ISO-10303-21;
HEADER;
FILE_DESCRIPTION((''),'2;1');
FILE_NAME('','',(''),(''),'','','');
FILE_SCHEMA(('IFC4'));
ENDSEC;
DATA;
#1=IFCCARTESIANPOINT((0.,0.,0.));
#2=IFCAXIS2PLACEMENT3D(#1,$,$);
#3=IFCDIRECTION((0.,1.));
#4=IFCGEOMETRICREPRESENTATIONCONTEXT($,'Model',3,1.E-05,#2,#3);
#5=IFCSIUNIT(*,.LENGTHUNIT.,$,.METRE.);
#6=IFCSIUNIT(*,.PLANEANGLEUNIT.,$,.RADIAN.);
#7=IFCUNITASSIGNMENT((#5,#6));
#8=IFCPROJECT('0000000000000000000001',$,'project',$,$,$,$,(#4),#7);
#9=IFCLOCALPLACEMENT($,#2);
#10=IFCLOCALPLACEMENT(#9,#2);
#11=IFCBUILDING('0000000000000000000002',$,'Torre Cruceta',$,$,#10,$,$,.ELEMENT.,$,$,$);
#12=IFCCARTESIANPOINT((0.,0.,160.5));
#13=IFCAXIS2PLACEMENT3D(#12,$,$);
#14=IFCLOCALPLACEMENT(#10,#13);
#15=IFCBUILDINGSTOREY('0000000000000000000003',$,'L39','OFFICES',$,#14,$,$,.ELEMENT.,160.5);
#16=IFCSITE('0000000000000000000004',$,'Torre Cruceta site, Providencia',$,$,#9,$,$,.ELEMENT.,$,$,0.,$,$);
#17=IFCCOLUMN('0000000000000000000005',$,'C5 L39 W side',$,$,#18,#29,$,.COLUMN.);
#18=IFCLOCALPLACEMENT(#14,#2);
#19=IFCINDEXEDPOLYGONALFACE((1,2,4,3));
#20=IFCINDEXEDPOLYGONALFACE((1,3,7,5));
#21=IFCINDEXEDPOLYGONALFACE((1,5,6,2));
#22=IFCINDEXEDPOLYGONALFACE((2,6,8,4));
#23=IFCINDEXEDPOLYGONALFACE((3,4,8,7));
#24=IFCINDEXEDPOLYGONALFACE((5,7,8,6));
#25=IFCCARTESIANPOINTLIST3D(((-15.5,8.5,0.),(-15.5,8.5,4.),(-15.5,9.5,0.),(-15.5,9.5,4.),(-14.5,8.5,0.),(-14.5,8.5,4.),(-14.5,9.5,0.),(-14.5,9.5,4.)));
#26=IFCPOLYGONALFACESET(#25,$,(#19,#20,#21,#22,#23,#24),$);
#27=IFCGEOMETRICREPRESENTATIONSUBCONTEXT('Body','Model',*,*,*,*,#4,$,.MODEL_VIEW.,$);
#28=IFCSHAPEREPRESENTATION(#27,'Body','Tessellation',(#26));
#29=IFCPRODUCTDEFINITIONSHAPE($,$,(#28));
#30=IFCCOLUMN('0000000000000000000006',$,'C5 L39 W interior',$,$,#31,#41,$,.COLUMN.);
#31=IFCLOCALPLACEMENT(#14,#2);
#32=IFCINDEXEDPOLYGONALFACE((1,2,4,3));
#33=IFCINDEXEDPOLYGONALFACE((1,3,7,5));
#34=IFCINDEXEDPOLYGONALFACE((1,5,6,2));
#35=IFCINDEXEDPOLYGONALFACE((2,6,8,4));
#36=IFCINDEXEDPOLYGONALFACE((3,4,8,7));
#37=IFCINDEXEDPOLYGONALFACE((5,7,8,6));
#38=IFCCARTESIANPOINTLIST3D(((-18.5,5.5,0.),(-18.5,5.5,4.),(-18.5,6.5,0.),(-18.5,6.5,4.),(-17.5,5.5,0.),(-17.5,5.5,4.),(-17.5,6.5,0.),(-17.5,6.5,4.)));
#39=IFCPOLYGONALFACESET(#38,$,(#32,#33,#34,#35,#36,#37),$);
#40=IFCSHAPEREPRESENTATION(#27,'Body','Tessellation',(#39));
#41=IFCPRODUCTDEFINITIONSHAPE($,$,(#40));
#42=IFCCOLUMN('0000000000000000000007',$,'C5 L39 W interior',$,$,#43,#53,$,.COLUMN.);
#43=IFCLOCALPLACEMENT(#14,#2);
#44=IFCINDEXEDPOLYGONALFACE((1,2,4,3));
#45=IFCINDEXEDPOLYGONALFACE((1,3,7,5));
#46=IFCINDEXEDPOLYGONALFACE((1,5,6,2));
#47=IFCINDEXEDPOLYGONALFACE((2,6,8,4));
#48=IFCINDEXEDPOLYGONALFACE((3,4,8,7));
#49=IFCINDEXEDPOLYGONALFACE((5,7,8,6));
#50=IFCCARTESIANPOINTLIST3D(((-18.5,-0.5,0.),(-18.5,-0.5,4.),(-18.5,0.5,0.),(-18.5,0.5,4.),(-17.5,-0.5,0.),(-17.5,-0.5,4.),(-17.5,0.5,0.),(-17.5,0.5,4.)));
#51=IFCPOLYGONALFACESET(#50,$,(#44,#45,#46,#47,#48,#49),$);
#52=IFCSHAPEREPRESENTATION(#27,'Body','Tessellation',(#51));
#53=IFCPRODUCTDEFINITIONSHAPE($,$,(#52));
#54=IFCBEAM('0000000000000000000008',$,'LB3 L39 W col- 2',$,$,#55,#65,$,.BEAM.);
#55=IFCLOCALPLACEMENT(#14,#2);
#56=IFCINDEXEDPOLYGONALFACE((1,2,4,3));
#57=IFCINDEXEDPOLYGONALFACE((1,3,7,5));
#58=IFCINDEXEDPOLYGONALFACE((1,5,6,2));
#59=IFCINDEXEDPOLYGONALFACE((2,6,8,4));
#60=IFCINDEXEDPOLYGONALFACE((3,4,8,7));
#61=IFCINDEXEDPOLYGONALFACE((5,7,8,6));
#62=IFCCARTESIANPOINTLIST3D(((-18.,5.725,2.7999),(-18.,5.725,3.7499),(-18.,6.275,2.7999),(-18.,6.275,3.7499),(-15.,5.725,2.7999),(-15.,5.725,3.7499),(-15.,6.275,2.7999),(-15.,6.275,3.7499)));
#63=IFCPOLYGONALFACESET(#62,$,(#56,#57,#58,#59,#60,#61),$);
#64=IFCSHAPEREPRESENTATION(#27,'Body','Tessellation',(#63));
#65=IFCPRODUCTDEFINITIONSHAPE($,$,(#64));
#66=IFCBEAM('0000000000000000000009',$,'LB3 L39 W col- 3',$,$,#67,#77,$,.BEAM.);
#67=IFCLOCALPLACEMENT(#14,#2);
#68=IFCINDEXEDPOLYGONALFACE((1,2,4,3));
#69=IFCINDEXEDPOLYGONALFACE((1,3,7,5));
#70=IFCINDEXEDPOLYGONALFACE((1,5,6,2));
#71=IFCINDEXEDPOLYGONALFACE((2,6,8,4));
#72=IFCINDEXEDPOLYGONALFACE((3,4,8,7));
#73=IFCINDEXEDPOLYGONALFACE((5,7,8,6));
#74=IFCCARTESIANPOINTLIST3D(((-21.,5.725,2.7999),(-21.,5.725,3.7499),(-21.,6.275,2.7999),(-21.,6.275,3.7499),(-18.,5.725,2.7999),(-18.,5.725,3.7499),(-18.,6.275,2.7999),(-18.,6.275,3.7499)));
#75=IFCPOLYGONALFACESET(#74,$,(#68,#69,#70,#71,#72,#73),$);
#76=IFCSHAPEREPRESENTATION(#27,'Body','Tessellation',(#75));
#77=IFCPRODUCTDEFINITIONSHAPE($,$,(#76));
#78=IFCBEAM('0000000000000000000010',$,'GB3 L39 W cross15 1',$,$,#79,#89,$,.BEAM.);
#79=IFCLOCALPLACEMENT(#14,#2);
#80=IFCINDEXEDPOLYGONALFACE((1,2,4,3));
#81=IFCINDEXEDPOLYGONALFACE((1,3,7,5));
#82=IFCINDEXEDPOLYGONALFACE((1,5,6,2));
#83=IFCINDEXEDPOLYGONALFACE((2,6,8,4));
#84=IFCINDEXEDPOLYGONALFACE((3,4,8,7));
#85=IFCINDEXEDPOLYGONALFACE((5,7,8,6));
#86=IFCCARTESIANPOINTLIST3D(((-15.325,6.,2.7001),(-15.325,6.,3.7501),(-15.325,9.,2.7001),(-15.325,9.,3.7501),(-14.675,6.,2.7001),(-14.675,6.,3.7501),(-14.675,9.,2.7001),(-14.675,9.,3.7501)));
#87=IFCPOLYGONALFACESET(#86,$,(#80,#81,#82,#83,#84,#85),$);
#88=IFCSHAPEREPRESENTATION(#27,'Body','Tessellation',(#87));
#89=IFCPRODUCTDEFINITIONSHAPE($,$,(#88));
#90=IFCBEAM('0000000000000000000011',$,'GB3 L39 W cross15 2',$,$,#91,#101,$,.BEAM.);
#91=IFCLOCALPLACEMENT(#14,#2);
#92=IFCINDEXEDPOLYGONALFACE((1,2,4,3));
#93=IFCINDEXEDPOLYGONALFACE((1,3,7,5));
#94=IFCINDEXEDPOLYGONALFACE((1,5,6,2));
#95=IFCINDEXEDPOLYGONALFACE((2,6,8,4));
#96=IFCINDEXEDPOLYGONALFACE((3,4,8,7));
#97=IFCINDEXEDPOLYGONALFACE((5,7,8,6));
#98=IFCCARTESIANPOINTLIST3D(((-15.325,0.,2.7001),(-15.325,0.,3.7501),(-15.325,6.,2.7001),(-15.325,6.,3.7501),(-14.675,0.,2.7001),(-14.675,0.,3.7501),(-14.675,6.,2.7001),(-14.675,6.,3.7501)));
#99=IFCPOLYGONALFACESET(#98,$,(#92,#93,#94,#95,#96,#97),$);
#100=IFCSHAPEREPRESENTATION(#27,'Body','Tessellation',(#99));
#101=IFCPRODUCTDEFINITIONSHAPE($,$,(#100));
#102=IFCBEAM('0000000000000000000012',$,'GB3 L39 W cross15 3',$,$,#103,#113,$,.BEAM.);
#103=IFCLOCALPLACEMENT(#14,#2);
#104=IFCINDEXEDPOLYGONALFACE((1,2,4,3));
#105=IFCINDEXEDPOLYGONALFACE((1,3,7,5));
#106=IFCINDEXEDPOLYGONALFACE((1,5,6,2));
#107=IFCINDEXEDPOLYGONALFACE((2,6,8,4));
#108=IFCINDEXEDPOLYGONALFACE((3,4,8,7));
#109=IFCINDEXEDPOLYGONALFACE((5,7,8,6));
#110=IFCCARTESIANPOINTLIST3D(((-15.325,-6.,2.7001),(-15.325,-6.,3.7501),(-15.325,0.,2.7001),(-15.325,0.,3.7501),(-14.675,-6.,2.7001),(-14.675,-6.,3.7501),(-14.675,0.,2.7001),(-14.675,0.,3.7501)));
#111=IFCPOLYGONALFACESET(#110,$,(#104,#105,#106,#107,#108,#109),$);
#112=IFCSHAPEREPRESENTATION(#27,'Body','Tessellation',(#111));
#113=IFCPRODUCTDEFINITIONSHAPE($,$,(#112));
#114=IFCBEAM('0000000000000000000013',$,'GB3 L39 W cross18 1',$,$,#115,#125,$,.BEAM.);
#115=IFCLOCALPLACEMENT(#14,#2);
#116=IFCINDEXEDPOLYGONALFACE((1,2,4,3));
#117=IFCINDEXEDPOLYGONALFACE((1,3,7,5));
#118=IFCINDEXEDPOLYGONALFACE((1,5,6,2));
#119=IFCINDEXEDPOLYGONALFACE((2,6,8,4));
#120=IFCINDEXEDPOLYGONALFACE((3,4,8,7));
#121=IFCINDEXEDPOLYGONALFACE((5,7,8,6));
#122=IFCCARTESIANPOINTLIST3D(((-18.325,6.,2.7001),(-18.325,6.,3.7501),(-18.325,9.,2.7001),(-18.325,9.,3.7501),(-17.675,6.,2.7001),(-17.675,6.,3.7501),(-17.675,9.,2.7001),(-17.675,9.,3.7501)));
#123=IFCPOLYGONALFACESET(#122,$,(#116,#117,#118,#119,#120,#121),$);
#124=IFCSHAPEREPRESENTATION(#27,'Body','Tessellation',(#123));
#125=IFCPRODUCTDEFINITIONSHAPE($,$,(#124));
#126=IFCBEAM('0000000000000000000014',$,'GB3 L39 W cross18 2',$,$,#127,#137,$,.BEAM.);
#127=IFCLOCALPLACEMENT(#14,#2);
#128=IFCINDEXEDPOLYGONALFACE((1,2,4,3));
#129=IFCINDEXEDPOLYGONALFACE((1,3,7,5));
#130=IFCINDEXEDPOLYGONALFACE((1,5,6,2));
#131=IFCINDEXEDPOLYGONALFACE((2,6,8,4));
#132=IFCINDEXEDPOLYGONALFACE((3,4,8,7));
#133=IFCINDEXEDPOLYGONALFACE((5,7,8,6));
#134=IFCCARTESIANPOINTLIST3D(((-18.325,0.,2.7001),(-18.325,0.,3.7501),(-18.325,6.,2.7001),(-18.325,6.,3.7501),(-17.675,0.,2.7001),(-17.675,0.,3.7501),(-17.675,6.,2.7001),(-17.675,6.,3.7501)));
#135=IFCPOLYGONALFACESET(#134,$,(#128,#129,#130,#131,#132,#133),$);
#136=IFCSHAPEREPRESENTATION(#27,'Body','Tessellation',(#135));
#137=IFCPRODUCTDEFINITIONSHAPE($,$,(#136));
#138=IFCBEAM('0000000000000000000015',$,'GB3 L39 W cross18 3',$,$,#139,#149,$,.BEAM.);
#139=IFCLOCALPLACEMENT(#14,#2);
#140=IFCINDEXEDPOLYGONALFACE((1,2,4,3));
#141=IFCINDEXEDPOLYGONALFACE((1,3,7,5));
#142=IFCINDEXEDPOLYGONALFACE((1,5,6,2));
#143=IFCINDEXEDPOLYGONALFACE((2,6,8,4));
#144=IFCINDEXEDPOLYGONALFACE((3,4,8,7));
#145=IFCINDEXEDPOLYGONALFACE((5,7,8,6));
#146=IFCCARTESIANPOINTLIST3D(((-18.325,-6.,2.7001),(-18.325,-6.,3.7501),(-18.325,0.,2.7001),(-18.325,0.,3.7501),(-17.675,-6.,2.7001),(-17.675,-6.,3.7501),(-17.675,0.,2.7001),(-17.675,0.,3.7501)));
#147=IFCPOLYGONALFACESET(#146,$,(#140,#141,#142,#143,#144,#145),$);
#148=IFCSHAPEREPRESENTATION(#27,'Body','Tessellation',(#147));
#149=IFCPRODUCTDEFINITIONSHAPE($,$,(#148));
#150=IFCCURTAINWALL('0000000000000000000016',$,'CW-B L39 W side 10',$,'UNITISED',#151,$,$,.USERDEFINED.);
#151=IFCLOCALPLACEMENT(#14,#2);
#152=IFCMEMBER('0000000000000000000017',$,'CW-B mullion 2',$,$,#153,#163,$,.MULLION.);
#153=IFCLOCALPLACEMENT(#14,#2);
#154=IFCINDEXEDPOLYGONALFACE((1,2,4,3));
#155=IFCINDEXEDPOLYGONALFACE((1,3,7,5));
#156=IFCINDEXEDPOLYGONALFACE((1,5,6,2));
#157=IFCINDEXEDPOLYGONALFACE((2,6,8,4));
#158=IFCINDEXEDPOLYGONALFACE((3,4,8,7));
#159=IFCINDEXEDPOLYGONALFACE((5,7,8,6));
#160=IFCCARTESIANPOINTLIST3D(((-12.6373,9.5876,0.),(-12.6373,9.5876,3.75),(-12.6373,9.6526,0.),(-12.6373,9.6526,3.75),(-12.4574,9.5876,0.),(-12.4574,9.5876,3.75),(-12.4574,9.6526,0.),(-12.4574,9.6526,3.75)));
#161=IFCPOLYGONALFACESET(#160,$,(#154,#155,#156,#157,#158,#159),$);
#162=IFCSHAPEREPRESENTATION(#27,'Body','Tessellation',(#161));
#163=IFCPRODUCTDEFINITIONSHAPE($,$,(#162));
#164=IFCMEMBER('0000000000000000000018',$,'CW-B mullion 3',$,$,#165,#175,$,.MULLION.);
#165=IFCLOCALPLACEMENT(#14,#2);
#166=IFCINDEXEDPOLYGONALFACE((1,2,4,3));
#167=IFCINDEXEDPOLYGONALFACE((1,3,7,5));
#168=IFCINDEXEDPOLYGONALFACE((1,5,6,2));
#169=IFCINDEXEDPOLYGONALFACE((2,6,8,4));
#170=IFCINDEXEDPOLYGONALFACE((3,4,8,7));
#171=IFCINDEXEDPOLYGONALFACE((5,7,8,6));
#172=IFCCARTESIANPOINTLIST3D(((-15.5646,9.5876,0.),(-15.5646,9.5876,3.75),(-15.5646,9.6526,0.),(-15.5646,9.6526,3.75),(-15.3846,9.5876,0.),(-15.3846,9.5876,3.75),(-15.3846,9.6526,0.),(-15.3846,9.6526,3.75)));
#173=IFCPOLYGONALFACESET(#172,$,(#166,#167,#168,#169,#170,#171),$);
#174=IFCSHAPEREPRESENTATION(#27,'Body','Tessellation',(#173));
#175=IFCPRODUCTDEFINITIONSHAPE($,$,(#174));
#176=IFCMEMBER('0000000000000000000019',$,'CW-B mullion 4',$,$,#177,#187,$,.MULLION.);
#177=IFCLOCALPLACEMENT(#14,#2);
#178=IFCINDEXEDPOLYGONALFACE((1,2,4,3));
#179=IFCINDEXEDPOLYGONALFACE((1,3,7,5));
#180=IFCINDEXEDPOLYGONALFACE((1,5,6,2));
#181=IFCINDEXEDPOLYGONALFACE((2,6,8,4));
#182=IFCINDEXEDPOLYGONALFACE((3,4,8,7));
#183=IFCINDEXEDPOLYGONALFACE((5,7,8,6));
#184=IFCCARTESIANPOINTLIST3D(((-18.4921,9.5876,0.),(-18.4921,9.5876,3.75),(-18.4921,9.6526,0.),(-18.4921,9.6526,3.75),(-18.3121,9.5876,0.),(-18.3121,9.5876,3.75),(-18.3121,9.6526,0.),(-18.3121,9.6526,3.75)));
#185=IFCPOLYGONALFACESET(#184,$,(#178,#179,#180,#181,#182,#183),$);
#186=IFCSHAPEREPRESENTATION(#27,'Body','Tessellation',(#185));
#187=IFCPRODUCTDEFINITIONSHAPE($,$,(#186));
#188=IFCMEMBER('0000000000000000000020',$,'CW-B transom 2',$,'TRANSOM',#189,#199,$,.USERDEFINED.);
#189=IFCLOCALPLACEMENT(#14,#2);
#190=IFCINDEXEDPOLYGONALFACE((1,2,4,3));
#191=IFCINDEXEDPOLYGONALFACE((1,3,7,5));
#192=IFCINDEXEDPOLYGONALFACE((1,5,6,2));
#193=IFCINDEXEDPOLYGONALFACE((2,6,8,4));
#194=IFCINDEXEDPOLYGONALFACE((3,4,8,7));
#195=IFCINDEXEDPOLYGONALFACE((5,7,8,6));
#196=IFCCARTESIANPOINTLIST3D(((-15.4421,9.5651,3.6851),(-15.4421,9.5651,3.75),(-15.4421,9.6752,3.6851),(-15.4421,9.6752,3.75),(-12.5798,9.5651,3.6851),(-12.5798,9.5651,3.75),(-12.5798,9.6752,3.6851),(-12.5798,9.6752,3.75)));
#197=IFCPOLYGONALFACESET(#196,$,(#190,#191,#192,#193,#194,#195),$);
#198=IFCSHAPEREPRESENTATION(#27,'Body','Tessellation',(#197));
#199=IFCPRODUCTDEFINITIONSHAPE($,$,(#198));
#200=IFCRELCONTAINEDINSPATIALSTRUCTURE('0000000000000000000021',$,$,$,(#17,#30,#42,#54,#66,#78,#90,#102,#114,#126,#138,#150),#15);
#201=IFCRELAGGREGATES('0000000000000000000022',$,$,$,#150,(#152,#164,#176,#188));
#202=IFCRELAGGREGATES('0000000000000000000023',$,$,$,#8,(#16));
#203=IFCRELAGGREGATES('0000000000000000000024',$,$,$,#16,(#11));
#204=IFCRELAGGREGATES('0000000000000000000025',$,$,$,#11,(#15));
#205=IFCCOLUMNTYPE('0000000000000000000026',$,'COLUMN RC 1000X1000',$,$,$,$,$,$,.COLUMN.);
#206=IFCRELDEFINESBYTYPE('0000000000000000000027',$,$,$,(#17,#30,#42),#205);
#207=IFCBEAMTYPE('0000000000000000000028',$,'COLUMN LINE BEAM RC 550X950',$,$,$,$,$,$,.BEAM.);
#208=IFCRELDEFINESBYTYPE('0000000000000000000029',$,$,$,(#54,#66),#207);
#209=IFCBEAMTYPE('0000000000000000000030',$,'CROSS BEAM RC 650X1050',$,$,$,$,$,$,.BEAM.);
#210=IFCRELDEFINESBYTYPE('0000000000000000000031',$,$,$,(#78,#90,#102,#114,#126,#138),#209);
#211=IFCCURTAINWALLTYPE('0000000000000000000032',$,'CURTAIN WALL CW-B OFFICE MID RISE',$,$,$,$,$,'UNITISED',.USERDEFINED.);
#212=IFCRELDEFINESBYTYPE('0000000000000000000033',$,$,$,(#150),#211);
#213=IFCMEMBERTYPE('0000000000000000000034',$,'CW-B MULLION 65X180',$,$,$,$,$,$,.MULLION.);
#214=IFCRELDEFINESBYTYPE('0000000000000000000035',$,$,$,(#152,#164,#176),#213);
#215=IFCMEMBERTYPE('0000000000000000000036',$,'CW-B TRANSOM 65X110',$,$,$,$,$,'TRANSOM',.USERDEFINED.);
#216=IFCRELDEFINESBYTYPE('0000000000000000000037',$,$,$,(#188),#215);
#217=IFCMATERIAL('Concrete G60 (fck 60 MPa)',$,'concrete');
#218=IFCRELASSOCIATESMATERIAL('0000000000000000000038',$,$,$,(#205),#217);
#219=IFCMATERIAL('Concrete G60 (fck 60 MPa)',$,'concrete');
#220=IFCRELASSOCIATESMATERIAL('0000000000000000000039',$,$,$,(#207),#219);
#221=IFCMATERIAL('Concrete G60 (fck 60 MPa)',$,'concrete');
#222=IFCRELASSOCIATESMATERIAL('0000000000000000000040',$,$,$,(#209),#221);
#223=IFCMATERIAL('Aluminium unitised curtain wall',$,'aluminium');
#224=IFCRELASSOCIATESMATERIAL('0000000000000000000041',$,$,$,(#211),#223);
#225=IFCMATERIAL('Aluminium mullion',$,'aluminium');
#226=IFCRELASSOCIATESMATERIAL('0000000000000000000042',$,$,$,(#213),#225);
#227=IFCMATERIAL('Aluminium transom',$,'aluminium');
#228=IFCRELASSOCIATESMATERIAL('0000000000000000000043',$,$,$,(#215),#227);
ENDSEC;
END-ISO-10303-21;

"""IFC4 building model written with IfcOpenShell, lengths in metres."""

from ifc_helpers import new_model, si_unit, direction, frame, origin, origin_2d, place, context, subcontext, project, spatial, rectangle, extrude, material, material_profile, profile_set, type_object, element, aggregate, save


model = new_model("IFC4")

# Units and contexts
model_context = context("Model", 3, precision=1e-05, world=origin(), true_north=direction((0.0, 1.0)))
body_context = subcontext(model_context, "Body", "Model", "MODEL_VIEW")
ifc_project = project(units=[si_unit("LENGTHUNIT", "METRE"), si_unit("PLANEANGLEUNIT", "RADIAN")], contexts=[model_context])

# Site, building, storey
site_placement = place(None, origin())
site = spatial("IfcSite", under=ifc_project, at=site_placement, Name="Torre Cruceta site, Providencia", CompositionType="ELEMENT", RefElevation=0.0)
building_placement = place(site_placement, origin())
building = spatial("IfcBuilding", under=site, at=building_placement, Name="Torre Cruceta", CompositionType="ELEMENT")
storey_placement = place(building_placement, frame((0.0, 0.0, 160.5)))
storey = spatial("IfcBuildingStorey", under=building, at=storey_placement, Name="L39", Description="OFFICES", CompositionType="ELEMENT", Elevation=160.5)

# Columns
ifc_material_1 = material(Name="Concrete G60 (fck 60 MPa)", Category="concrete")
ifc_material_profile_1 = material_profile(ifc_material_1, rectangle(XDim=1.0, YDim=1.0, at=origin_2d()), Name="RC 1000X1000")
ifc_profile_set_1 = profile_set([ifc_material_profile_1], Name="Concrete G60 (fck 60 MPa)")
column_type = type_object("IfcColumnType", Name="COLUMN RC 1000X1000", PredefinedType="COLUMN", material=ifc_profile_set_1)
for number, where, z_axis, x_axis, name in (
    (1, (-15.0, 9.0, 0.0), (0.0, 0.0, 1.0), (1.0, 0.0, 0.0), "C5 L39 W side"),
    (2, (-18.0, 6.0, 0.0), (0.0, 0.0, 1.0), (1.0, 0.0, 0.0), "C5 L39 W interior"),
    (3, (-18.0, 0.0, 0.0), (0.0, 0.0, 1.0), (1.0, 0.0, 0.0), "C5 L39 W interior"),
):
    element("IfcColumn", number, at=place(storey_placement, frame(where, z_axis=z_axis, x_axis=x_axis)), inside=storey, type_object=column_type, Name=name, PredefinedType="COLUMN", context=body_context, shape_type="SweptSolid", body=[
        extrude(rectangle(XDim=1.0, YDim=1.0, at=origin_2d()), origin(), (0.0, 0.0, 1.0), 4.0),
    ])

# Beams
ifc_material_2 = material(Name="Concrete G60 (fck 60 MPa)", Category="concrete")
ifc_material_profile_2 = material_profile(ifc_material_2, rectangle(XDim=0.55, YDim=0.95, at=origin_2d()), Name="RC 550X950")
ifc_profile_set_2 = profile_set([ifc_material_profile_2], Name="Concrete G60 (fck 60 MPa)")
beam_type_1 = type_object("IfcBeamType", Name="COLUMN LINE BEAM RC 550X950", PredefinedType="BEAM", material=ifc_profile_set_2)
for number, where, z_axis, x_axis, name in (
    (4, (-15.0, 6.0, 3.2749), (-1.0, 0.0, 0.0), (0.0, -1.0, 0.0), "LB3 L39 W col- 2"),
    (5, (-18.0, 6.0, 3.2749), (-1.0, 0.0, 0.0), (0.0, -1.0, 0.0), "LB3 L39 W col- 3"),
):
    element("IfcBeam", number, at=place(storey_placement, frame(where, z_axis=z_axis, x_axis=x_axis)), inside=storey, type_object=beam_type_1, Name=name, PredefinedType="BEAM", context=body_context, shape_type="SweptSolid", body=[
        extrude(rectangle(XDim=0.55, YDim=0.95, at=origin_2d()), origin(), (0.0, 0.0, 1.0), 3.0),
    ])
ifc_material_3 = material(Name="Concrete G60 (fck 60 MPa)", Category="concrete")
ifc_material_profile_3 = material_profile(ifc_material_3, rectangle(XDim=0.6499, YDim=1.05, at=origin_2d()), Name="RC 650X1050")
ifc_profile_set_3 = profile_set([ifc_material_profile_3], Name="Concrete G60 (fck 60 MPa)")
beam_type_2 = type_object("IfcBeamType", Name="CROSS BEAM RC 650X1050", PredefinedType="BEAM", material=ifc_profile_set_3)
beam_1_placement = place(storey_placement, frame((-15.0, 9.0, 3.2251), z_axis=(0.0, -1.0, 0.0), x_axis=(1.0, 0.0, 0.0)))
element("IfcBeam", 6, at=beam_1_placement, inside=storey, type_object=beam_type_2, Name="GB3 L39 W cross15 1", PredefinedType="BEAM", context=body_context, shape_type="SweptSolid", body=[
    extrude(rectangle(XDim=0.6499, YDim=1.05, at=origin_2d()), origin(), (0.0, 0.0, 1.0), 3.0),
])
for number, where, z_axis, x_axis, name in (
    (7, (-15.0, 6.0, 3.2251), (0.0, -1.0, 0.0), (1.0, 0.0, 0.0), "GB3 L39 W cross15 2"),
    (8, (-15.0, 0.0, 3.2251), (0.0, -1.0, 0.0), (1.0, 0.0, 0.0), "GB3 L39 W cross15 3"),
):
    element("IfcBeam", number, at=place(storey_placement, frame(where, z_axis=z_axis, x_axis=x_axis)), inside=storey, type_object=beam_type_2, Name=name, PredefinedType="BEAM", context=body_context, shape_type="SweptSolid", body=[
        extrude(rectangle(XDim=0.6499, YDim=1.05, at=origin_2d()), origin(), (0.0, 0.0, 1.0), 6.0),
    ])
beam_2_placement = place(storey_placement, frame((-18.0, 9.0, 3.2251), z_axis=(0.0, -1.0, 0.0), x_axis=(1.0, 0.0, 0.0)))
element("IfcBeam", 9, at=beam_2_placement, inside=storey, type_object=beam_type_2, Name="GB3 L39 W cross18 1", PredefinedType="BEAM", context=body_context, shape_type="SweptSolid", body=[
    extrude(rectangle(XDim=0.6499, YDim=1.05, at=origin_2d()), origin(), (0.0, 0.0, 1.0), 3.0),
])
for number, where, z_axis, x_axis, name in (
    (10, (-18.0, 6.0, 3.2251), (0.0, -1.0, 0.0), (1.0, 0.0, 0.0), "GB3 L39 W cross18 2"),
    (11, (-18.0, 0.0, 3.2251), (0.0, -1.0, 0.0), (1.0, 0.0, 0.0), "GB3 L39 W cross18 3"),
):
    element("IfcBeam", number, at=place(storey_placement, frame(where, z_axis=z_axis, x_axis=x_axis)), inside=storey, type_object=beam_type_2, Name=name, PredefinedType="BEAM", context=body_context, shape_type="SweptSolid", body=[
        extrude(rectangle(XDim=0.6499, YDim=1.05, at=origin_2d()), origin(), (0.0, 0.0, 1.0), 6.0),
    ])

# Curtain wall, members
ifc_material_4 = material(Name="Aluminium unitised curtain wall", Category="aluminium")
curtain_wall_type = type_object("IfcCurtainWallType", Name="CURTAIN WALL CW-B OFFICE MID RISE", ElementType="UNITISED", PredefinedType="USERDEFINED", material=ifc_material_4)
curtain_wall_placement = place(storey_placement, origin())
curtain_wall = element("IfcCurtainWall", 12, at=curtain_wall_placement, inside=storey, type_object=curtain_wall_type, Name="CW-B L39 W side 10", ObjectType="UNITISED", PredefinedType="USERDEFINED")
ifc_material_5 = material(Name="Aluminium mullion", Category="aluminium")
ifc_material_profile_4 = material_profile(ifc_material_5, rectangle(XDim=0.0649, YDim=0.1799, at=origin_2d()), Name="AL 65X180")
ifc_profile_set_4 = profile_set([ifc_material_profile_4], Name="Aluminium mullion")
member_type_1 = type_object("IfcMemberType", Name="CW-B MULLION 65X180", PredefinedType="MULLION", material=ifc_profile_set_4)
member_1_placement = place(storey_placement, frame((-12.5474, 9.6201, 0.0), z_axis=(0.0, 0.0, 1.0), x_axis=(0.0, -1.0, 0.0)))
member_1 = element("IfcMember", 13, at=member_1_placement, type_object=member_type_1, Name="CW-B mullion 2", PredefinedType="MULLION", context=body_context, shape_type="SweptSolid", body=[
    extrude(rectangle(XDim=0.0649, YDim=0.1799, at=origin_2d()), origin(), (0.0, 0.0, 1.0), 3.75),
])
member_2_placement = place(storey_placement, frame((-15.4746, 9.6201, 0.0), z_axis=(0.0, 0.0, 1.0), x_axis=(0.0, -1.0, 0.0)))
member_2 = element("IfcMember", 14, at=member_2_placement, type_object=member_type_1, Name="CW-B mullion 3", PredefinedType="MULLION", context=body_context, shape_type="SweptSolid", body=[
    extrude(rectangle(XDim=0.0649, YDim=0.1799, at=origin_2d()), origin(), (0.0, 0.0, 1.0), 3.75),
])
member_3_placement = place(storey_placement, frame((-18.4021, 9.6201, 0.0), z_axis=(0.0, 0.0, 1.0), x_axis=(0.0, -1.0, 0.0)))
member_3 = element("IfcMember", 15, at=member_3_placement, type_object=member_type_1, Name="CW-B mullion 4", PredefinedType="MULLION", context=body_context, shape_type="SweptSolid", body=[
    extrude(rectangle(XDim=0.0649, YDim=0.1799, at=origin_2d()), origin(), (0.0, 0.0, 1.0), 3.75),
])
ifc_material_6 = material(Name="Aluminium transom", Category="aluminium")
ifc_material_profile_5 = material_profile(ifc_material_6, rectangle(XDim=0.1101, YDim=0.0649, at=origin_2d()), Name="AL 110X65")
ifc_profile_set_5 = profile_set([ifc_material_profile_5], Name="Aluminium transom")
member_type_2 = type_object("IfcMemberType", Name="CW-B TRANSOM 65X110", ElementType="TRANSOM", PredefinedType="USERDEFINED", material=ifc_profile_set_5)
member_4_placement = place(storey_placement, frame((-12.5798, 9.6201, 3.7175), z_axis=(-1.0, 0.0, 0.0), x_axis=(0.0, -1.0, 0.0)))
member_4 = element("IfcMember", 16, at=member_4_placement, type_object=member_type_2, Name="CW-B transom 2", ObjectType="TRANSOM", PredefinedType="USERDEFINED", context=body_context, shape_type="SweptSolid", body=[
    extrude(rectangle(XDim=0.1101, YDim=0.0649, at=origin_2d()), origin(), (0.0, 0.0, 1.0), 2.8623),
])

aggregate(curtain_wall, [member_1, member_2, member_3, member_4])

save(model, "model.ifc")
